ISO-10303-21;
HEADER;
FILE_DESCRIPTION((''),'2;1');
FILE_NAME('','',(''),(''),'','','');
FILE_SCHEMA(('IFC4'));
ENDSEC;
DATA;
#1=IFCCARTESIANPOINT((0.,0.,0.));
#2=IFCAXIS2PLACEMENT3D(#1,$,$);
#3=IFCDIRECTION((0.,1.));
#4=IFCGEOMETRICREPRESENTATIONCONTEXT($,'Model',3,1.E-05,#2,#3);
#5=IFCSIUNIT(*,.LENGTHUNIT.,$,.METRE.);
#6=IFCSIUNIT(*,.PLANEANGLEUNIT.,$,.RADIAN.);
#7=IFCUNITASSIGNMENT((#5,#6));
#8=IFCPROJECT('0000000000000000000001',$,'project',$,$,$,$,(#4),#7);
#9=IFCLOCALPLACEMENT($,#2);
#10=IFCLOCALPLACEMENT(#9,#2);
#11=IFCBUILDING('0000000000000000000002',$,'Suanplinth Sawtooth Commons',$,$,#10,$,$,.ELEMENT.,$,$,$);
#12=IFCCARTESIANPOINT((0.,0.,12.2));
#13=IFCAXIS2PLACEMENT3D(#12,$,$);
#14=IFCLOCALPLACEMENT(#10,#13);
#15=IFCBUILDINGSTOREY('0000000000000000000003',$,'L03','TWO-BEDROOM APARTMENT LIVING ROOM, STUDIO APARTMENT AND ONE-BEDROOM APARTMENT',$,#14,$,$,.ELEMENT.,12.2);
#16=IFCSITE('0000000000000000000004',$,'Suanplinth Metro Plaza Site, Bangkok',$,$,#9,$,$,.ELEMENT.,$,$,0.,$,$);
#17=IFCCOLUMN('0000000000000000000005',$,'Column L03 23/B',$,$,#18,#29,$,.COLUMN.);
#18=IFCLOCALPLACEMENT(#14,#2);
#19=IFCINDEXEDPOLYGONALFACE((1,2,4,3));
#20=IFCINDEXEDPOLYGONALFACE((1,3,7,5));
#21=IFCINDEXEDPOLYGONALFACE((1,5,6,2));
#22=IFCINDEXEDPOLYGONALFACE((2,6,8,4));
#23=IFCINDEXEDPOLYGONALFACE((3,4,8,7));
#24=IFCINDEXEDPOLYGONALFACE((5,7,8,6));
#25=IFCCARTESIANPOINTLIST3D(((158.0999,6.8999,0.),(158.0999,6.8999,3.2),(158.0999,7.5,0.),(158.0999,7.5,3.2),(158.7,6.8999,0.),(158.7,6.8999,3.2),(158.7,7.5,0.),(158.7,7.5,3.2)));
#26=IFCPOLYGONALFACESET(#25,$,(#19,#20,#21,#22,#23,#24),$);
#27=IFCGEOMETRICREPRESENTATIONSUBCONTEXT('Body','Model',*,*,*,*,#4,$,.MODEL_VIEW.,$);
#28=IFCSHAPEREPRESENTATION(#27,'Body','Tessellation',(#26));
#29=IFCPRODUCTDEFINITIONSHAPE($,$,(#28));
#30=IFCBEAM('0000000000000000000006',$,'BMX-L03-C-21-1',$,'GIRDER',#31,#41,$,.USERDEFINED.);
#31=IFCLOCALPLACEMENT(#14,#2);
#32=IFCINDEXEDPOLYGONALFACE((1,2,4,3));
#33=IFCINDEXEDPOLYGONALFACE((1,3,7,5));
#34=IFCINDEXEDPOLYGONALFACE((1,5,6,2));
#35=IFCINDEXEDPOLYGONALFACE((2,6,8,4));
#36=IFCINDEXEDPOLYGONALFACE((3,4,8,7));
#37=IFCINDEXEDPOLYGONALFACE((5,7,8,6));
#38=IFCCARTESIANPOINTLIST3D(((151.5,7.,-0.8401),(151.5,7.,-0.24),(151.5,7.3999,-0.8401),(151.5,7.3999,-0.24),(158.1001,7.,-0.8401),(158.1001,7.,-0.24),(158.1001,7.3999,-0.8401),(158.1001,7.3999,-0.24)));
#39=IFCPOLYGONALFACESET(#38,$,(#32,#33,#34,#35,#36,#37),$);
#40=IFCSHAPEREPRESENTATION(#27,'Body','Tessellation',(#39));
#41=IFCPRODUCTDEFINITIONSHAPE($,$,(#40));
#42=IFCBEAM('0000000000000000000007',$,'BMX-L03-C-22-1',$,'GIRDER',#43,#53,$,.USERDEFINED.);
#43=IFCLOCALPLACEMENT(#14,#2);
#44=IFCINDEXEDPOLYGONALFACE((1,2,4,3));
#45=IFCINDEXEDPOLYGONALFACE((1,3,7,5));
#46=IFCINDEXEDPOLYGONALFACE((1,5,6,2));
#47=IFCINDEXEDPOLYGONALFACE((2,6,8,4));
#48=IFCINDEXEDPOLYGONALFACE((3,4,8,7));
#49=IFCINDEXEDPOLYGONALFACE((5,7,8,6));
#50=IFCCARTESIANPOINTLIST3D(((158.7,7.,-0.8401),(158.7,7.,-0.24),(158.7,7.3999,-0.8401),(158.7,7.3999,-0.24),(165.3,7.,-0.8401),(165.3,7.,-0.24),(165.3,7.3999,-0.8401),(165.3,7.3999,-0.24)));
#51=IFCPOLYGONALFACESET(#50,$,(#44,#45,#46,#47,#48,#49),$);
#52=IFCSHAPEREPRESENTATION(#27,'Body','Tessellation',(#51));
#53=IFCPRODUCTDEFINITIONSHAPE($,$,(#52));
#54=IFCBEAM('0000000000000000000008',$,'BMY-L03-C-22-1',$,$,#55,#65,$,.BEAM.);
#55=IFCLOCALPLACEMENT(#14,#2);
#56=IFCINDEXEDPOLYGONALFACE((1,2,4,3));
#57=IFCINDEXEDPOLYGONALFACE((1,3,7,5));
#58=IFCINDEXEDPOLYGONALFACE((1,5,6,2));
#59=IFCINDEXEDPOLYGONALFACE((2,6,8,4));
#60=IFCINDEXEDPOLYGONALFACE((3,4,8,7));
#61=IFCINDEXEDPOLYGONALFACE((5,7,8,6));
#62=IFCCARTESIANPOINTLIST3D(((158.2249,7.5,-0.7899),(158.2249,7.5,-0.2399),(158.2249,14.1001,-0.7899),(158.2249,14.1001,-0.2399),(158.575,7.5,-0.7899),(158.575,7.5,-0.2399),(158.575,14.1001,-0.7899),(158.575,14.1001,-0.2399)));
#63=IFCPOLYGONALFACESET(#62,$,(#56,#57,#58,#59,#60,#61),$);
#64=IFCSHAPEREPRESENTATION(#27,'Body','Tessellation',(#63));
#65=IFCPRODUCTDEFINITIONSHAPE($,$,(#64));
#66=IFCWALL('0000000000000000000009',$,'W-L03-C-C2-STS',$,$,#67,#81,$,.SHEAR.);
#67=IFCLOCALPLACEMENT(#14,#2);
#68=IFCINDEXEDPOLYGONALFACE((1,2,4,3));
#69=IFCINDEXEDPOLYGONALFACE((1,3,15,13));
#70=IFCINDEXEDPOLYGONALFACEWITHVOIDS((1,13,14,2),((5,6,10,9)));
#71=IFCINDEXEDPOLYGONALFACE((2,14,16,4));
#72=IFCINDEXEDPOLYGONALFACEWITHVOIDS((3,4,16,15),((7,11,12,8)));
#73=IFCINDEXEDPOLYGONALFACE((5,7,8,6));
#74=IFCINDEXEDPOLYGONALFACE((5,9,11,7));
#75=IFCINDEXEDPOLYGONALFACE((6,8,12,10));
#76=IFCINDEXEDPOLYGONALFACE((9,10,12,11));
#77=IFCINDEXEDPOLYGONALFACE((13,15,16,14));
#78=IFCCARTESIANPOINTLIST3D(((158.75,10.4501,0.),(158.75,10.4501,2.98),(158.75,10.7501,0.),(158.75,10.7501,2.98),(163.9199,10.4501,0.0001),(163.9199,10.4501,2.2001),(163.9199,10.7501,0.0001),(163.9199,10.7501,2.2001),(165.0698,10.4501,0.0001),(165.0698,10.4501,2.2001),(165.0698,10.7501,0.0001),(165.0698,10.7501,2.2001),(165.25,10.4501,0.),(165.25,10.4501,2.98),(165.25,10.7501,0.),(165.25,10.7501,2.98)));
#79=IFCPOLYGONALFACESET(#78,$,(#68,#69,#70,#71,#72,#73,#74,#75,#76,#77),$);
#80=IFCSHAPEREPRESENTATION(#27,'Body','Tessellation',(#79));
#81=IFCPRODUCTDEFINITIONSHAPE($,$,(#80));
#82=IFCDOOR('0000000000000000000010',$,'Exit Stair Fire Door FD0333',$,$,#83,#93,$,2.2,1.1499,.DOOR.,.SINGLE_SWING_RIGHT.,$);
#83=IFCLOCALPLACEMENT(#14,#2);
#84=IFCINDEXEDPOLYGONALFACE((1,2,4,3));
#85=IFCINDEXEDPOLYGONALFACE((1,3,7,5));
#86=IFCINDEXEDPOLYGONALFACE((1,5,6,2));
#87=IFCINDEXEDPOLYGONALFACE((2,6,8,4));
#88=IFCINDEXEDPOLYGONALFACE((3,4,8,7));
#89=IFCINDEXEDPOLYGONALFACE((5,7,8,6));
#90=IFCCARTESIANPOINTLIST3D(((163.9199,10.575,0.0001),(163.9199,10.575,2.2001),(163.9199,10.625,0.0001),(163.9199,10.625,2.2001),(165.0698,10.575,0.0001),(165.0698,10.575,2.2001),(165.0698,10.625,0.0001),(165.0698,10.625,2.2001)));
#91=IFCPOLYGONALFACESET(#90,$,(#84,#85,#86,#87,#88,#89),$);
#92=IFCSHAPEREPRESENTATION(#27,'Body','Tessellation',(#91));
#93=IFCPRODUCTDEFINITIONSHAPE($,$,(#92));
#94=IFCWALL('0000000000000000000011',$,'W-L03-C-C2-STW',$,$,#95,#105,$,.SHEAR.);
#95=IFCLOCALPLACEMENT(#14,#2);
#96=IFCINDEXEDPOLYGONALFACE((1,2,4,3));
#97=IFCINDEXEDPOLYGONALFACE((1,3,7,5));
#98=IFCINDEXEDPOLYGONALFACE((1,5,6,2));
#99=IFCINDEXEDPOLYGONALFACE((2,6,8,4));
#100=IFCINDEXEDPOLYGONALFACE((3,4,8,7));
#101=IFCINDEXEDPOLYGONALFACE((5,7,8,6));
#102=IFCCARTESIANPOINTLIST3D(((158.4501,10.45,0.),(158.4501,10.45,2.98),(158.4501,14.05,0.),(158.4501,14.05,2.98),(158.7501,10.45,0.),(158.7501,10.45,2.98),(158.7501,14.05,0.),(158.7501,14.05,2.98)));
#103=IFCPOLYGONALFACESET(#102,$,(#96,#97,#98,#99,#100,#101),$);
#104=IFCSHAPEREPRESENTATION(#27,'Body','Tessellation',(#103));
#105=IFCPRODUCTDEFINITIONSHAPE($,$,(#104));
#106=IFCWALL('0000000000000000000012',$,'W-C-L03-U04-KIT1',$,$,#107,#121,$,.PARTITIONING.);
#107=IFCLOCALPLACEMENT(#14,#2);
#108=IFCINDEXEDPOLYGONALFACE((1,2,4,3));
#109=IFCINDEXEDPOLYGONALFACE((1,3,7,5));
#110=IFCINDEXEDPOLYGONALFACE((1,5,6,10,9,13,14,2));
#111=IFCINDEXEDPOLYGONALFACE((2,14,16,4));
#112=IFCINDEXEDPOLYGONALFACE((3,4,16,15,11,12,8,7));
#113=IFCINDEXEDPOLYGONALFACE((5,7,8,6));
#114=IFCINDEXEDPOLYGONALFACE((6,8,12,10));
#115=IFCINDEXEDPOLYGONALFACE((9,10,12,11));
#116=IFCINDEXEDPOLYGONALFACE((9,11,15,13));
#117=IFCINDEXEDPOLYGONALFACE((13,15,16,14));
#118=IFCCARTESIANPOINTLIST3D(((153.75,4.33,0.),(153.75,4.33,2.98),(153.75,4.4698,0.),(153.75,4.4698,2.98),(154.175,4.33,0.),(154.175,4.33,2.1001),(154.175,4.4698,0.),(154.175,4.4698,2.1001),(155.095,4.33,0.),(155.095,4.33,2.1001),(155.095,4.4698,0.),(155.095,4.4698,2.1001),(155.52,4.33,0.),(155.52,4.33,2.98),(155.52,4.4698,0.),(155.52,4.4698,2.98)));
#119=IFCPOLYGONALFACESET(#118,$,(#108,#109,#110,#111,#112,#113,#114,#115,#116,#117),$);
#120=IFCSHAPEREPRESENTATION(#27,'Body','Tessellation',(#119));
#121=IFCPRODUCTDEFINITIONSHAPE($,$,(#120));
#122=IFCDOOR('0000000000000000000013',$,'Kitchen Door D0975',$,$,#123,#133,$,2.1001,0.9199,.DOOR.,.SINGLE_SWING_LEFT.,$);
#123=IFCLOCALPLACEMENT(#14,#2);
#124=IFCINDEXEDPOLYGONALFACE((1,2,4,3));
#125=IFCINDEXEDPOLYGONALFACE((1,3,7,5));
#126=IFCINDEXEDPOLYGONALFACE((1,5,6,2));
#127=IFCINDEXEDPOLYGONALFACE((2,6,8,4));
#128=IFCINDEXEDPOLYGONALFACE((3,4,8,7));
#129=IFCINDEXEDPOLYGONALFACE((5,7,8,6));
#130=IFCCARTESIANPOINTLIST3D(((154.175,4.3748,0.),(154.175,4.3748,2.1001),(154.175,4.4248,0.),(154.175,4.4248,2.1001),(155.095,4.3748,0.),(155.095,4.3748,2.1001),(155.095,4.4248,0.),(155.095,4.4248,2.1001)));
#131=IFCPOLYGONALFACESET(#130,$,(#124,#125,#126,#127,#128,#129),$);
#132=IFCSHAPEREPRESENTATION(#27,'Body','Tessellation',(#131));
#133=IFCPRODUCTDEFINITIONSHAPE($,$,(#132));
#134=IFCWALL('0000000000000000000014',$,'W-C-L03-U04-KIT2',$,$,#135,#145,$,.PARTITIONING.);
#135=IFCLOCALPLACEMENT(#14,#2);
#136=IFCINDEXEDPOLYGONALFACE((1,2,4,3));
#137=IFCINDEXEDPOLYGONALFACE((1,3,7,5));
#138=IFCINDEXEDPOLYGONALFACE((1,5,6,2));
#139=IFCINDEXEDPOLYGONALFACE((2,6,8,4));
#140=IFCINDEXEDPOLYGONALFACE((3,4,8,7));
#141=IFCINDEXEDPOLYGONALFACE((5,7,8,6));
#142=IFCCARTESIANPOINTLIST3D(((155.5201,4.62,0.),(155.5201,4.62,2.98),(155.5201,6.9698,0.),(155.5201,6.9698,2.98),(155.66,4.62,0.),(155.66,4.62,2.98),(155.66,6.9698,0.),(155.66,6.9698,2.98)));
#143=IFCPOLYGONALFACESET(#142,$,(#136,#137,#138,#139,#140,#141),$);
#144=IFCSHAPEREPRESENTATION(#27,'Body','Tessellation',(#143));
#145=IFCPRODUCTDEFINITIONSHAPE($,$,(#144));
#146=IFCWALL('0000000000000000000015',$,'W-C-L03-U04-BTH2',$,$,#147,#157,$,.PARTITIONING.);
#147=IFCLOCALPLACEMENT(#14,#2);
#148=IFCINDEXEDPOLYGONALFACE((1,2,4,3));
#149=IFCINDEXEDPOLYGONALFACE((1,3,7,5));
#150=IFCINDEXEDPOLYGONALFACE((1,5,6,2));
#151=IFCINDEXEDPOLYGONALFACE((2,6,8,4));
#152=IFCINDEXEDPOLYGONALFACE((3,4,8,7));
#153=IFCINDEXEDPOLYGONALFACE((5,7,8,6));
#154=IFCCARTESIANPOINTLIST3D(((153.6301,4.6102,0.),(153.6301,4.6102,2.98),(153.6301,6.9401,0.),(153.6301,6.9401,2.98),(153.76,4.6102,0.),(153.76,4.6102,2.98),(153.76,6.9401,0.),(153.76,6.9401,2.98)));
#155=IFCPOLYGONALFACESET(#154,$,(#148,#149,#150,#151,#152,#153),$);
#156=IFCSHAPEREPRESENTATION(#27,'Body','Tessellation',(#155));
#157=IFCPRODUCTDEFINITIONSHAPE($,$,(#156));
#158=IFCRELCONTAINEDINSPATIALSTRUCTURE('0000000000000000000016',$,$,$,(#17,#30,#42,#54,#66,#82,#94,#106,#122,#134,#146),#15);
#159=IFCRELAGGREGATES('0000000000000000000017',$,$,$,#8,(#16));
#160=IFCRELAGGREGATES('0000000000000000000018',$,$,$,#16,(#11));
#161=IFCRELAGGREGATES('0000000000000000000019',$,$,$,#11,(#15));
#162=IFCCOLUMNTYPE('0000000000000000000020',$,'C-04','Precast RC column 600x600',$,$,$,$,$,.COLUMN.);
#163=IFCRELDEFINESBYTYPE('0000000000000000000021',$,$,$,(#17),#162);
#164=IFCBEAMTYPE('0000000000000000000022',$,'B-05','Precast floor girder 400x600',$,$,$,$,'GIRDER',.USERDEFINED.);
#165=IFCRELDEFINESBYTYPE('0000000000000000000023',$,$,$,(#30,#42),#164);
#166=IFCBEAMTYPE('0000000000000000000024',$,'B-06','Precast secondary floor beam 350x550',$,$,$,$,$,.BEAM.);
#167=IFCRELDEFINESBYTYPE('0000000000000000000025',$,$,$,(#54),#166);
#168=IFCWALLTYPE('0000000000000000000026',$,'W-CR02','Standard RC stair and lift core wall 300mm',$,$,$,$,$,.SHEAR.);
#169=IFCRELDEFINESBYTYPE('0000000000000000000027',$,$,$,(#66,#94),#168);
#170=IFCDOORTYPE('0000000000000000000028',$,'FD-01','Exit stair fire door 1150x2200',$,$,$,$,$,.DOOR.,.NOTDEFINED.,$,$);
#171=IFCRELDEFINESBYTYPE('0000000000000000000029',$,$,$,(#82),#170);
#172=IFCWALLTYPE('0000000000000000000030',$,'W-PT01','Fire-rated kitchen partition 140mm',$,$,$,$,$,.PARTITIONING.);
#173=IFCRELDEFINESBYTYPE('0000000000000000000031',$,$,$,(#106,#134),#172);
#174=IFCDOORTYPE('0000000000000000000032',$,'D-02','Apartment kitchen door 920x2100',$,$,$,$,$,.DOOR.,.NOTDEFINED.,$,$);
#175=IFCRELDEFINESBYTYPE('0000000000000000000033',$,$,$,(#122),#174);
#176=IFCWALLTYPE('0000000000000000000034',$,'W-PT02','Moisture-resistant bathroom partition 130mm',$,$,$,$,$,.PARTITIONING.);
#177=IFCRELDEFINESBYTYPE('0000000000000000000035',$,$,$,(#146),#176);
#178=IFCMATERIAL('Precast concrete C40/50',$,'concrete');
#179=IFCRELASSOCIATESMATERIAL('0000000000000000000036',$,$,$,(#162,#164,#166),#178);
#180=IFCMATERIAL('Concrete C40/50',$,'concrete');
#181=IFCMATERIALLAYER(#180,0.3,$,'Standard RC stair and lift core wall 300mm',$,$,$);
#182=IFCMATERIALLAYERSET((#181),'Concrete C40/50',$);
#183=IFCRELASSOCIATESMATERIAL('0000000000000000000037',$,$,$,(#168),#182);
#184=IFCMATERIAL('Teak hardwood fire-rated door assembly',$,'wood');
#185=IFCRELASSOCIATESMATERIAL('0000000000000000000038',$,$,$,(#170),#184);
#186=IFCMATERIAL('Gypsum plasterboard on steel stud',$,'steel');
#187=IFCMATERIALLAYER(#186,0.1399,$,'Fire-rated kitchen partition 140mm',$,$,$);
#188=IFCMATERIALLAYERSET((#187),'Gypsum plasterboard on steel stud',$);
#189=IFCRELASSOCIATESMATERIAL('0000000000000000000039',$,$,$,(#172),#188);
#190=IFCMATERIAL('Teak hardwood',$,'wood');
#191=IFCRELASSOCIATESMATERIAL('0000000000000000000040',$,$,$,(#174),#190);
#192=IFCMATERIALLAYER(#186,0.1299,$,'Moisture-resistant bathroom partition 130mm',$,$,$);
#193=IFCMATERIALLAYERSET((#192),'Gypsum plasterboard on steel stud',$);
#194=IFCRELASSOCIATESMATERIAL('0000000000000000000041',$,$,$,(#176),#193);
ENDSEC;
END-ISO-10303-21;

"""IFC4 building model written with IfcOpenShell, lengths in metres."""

from ifc_helpers import new_model, si_unit, direction, frame, frame_2d, origin, origin_2d, place, context, subcontext, project, spatial, rectangle, extrude, material, layer, layer_set, material_profile, profile_set, type_object, element, fill, save


model = new_model("IFC4")

# Units and contexts
model_context = context("Model", 3, precision=1e-05, world=origin(), true_north=direction((0.0, 1.0)))
body_context = subcontext(model_context, "Body", "Model", "MODEL_VIEW")
ifc_project = project(units=[si_unit("LENGTHUNIT", "METRE"), si_unit("PLANEANGLEUNIT", "RADIAN")], contexts=[model_context])

# Site, building, storey
site_placement = place(None, origin())
site = spatial("IfcSite", under=ifc_project, at=site_placement, Name="Suanplinth Metro Plaza Site, Bangkok", CompositionType="ELEMENT", RefElevation=0.0)
building_placement = place(site_placement, origin())
building = spatial("IfcBuilding", under=site, at=building_placement, Name="Suanplinth Sawtooth Commons", CompositionType="ELEMENT")
storey_placement = place(building_placement, frame((0.0, 0.0, 12.2)))
storey = spatial("IfcBuildingStorey", under=building, at=storey_placement, Name="L03", Description="TWO-BEDROOM APARTMENT LIVING ROOM, STUDIO APARTMENT AND ONE-BEDROOM APARTMENT", CompositionType="ELEMENT", Elevation=12.2)

# Column
ifc_material_1 = material(Name="Precast concrete C40/50", Category="concrete")
ifc_material_profile_1 = material_profile(ifc_material_1, rectangle(XDim=0.6001, YDim=0.6001, at=origin_2d()), Name="PC-COL 600x600")
ifc_profile_set_1 = profile_set([ifc_material_profile_1], Name="Precast concrete C40/50")
column_type = type_object("IfcColumnType", Name="C-04", Description="Precast RC column 600x600", PredefinedType="COLUMN", material=ifc_profile_set_1)
column_placement = place(storey_placement, frame((158.3999, 7.2, 0.0), z_axis=(0.0, 0.0, 1.0), x_axis=(1.0, 0.0, 0.0)))
element("IfcColumn", 1, at=column_placement, inside=storey, type_object=column_type, Name="Column L03 23/B", PredefinedType="COLUMN", context=body_context, shape_type="SweptSolid", body=[
    extrude(rectangle(XDim=0.6001, YDim=0.6001, at=origin_2d()), origin(), (0.0, 0.0, 1.0), 3.2),
])

# Beams
ifc_material_profile_2 = material_profile(ifc_material_1, rectangle(XDim=0.3999, YDim=0.6001, at=origin_2d()), Name="PC-GDR 400x600")
ifc_profile_set_2 = profile_set([ifc_material_profile_2], Name="Precast concrete C40/50")
beam_type_1 = type_object("IfcBeamType", Name="B-05", Description="Precast floor girder 400x600", ElementType="GIRDER", PredefinedType="USERDEFINED", material=ifc_profile_set_2)
for number, where, z_axis, x_axis, name in (
    (2, (151.5, 7.2, -0.54), (1.0, 0.0, 0.0), (0.0, 1.0, 0.0), "BMX-L03-C-21-1"),
    (3, (158.7, 7.2, -0.54), (1.0, 0.0, 0.0), (0.0, 1.0, 0.0), "BMX-L03-C-22-1"),
):
    element("IfcBeam", number, at=place(storey_placement, frame(where, z_axis=z_axis, x_axis=x_axis)), inside=storey, type_object=beam_type_1, Name=name, ObjectType="GIRDER", PredefinedType="USERDEFINED", context=body_context, shape_type="SweptSolid", body=[
        extrude(rectangle(XDim=0.3999, YDim=0.6001, at=origin_2d()), origin(), (0.0, 0.0, 1.0), 6.6001),
    ])
ifc_material_profile_3 = material_profile(ifc_material_1, rectangle(XDim=0.3501, YDim=0.55, at=origin_2d()), Name="PC-BM 350x550")
ifc_profile_set_3 = profile_set([ifc_material_profile_3], Name="Precast concrete C40/50")
beam_type_2 = type_object("IfcBeamType", Name="B-06", Description="Precast secondary floor beam 350x550", PredefinedType="BEAM", material=ifc_profile_set_3)
beam_placement = place(storey_placement, frame((158.3999, 7.5, -0.5149), z_axis=(0.0, 1.0, 0.0), x_axis=(-1.0, 0.0, 0.0)))
element("IfcBeam", 4, at=beam_placement, inside=storey, type_object=beam_type_2, Name="BMY-L03-C-22-1", PredefinedType="BEAM", context=body_context, shape_type="SweptSolid", body=[
    extrude(rectangle(XDim=0.3501, YDim=0.55, at=origin_2d()), origin(), (0.0, 0.0, 1.0), 6.6001),
])

# Wall, opening, door
ifc_material_2 = material(Name="Concrete C40/50", Category="concrete")
ifc_layer_1 = layer(ifc_material_2, 0.3, Name="Standard RC stair and lift core wall 300mm")
ifc_layer_set_1 = layer_set([ifc_layer_1], Name="Concrete C40/50")
wall_type_1 = type_object("IfcWallType", Name="W-CR02", Description="Standard RC stair and lift core wall 300mm", PredefinedType="SHEAR", material=ifc_layer_set_1)
wall_1_placement = place(storey_placement, frame((158.75, 10.6001, 0.0), z_axis=(0.0, 0.0, 1.0), x_axis=(1.0, 0.0, 0.0)))
wall_1 = element("IfcWall", 5, at=wall_1_placement, inside=storey, type_object=wall_type_1, Name="W-L03-C-C2-STS", PredefinedType="SHEAR", context=body_context, shape_type="SweptSolid", body=[
    extrude(rectangle(XDim=6.5, YDim=0.3, at=frame_2d((3.25, 0.0))), origin(), (0.0, 0.0, 1.0), 2.98),
])
opening_1_placement = place(wall_1_placement, frame((5.1699, 0.0, 0.0)))
opening_1 = element("IfcOpeningElement", 6, at=opening_1_placement, cuts=wall_1, PredefinedType="OPENING", context=body_context, shape_type="SweptSolid", body=[
    extrude(rectangle(XDim=1.1499, YDim=2.2, at=frame_2d((0.575, 1.1001))), frame((0.0, 0.165, 0.0), z_axis=(0.0, -1.0, 0.0), x_axis=(1.0, 0.0, 0.0)), (0.0, 0.0, 1.0), 0.3298),
])
ifc_material_3 = material(Name="Teak hardwood fire-rated door assembly", Category="wood")
door_type_1 = type_object("IfcDoorType", Name="FD-01", Description="Exit stair fire door 1150x2200", OperationType="NOTDEFINED", PredefinedType="DOOR", material=ifc_material_3)
door_1_placement = place(opening_1_placement, origin())
door_1 = element("IfcDoor", 7, at=door_1_placement, inside=storey, type_object=door_type_1, Name="Exit Stair Fire Door FD0333", OperationType="SINGLE_SWING_RIGHT", OverallHeight=2.2, OverallWidth=1.1499, PredefinedType="DOOR", context=body_context, shape_type="SweptSolid", body=[
    extrude(rectangle(XDim=1.1499, YDim=2.2, at=frame_2d((0.575, 1.1001))), frame((0.0, 0.0249, 0.0), z_axis=(0.0, -1.0, 0.0), x_axis=(1.0, 0.0, 0.0)), (0.0, 0.0, 1.0), 0.05),
])
fill(opening_1, door_1)

# Wall
wall_2_placement = place(storey_placement, frame((158.6001, 10.45, 0.0), z_axis=(0.0, 0.0, 1.0), x_axis=(0.0, 1.0, 0.0)))
element("IfcWall", 8, at=wall_2_placement, inside=storey, type_object=wall_type_1, Name="W-L03-C-C2-STW", PredefinedType="SHEAR", context=body_context, shape_type="SweptSolid", body=[
    extrude(rectangle(XDim=3.6001, YDim=0.3, at=frame_2d((1.8, 0.0))), origin(), (0.0, 0.0, 1.0), 2.98),
])

# Wall, opening, door
ifc_material_4 = material(Name="Gypsum plasterboard on steel stud", Category="steel")
ifc_layer_2 = layer(ifc_material_4, 0.1399, Name="Fire-rated kitchen partition 140mm")
ifc_layer_set_2 = layer_set([ifc_layer_2], Name="Gypsum plasterboard on steel stud")
wall_type_2 = type_object("IfcWallType", Name="W-PT01", Description="Fire-rated kitchen partition 140mm", PredefinedType="PARTITIONING", material=ifc_layer_set_2)
wall_3_placement = place(storey_placement, frame((153.75, 4.3999, 0.0), z_axis=(0.0, 0.0, 1.0), x_axis=(1.0, 0.0, 0.0)))
wall_3 = element("IfcWall", 9, at=wall_3_placement, inside=storey, type_object=wall_type_2, Name="W-C-L03-U04-KIT1", PredefinedType="PARTITIONING", context=body_context, shape_type="SweptSolid", body=[
    extrude(rectangle(XDim=1.77, YDim=0.1399, at=frame_2d((0.885, 0.0))), origin(), (0.0, 0.0, 1.0), 2.98),
])
opening_2_placement = place(wall_3_placement, frame((0.425, 0.0, 0.0)))
opening_2 = element("IfcOpeningElement", 10, at=opening_2_placement, cuts=wall_3, PredefinedType="OPENING", context=body_context, shape_type="SweptSolid", body=[
    extrude(rectangle(XDim=0.9199, YDim=2.1001, at=frame_2d((0.46, 1.05))), frame((0.0, 0.085, 0.0), z_axis=(0.0, -1.0, 0.0), x_axis=(1.0, 0.0, 0.0)), (0.0, 0.0, 1.0), 0.1697),
])
ifc_material_5 = material(Name="Teak hardwood", Category="wood")
door_type_2 = type_object("IfcDoorType", Name="D-02", Description="Apartment kitchen door 920x2100", OperationType="NOTDEFINED", PredefinedType="DOOR", material=ifc_material_5)
door_2_placement = place(opening_2_placement, origin())
door_2 = element("IfcDoor", 11, at=door_2_placement, inside=storey, type_object=door_type_2, Name="Kitchen Door D0975", OperationType="SINGLE_SWING_LEFT", OverallHeight=2.1001, OverallWidth=0.9199, PredefinedType="DOOR", context=body_context, shape_type="SweptSolid", body=[
    extrude(rectangle(XDim=0.9199, YDim=2.1001, at=frame_2d((0.46, 1.05))), frame((0.0, 0.0249, 0.0), z_axis=(0.0, -1.0, 0.0), x_axis=(1.0, 0.0, 0.0)), (0.0, 0.0, 1.0), 0.05),
])
fill(opening_2, door_2)

# Walls
wall_4_placement = place(storey_placement, frame((155.5901, 4.6201, 0.0), z_axis=(0.0, 0.0, 1.0), x_axis=(0.0, 1.0, 0.0)))
element("IfcWall", 12, at=wall_4_placement, inside=storey, type_object=wall_type_2, Name="W-C-L03-U04-KIT2", PredefinedType="PARTITIONING", context=body_context, shape_type="SweptSolid", body=[
    extrude(rectangle(XDim=2.3499, YDim=0.1399, at=frame_2d((1.1748, 0.0))), origin(), (0.0, 0.0, 1.0), 2.98),
])
ifc_layer_3 = layer(ifc_material_4, 0.1299, Name="Moisture-resistant bathroom partition 130mm")
ifc_layer_set_3 = layer_set([ifc_layer_3], Name="Gypsum plasterboard on steel stud")
wall_type_3 = type_object("IfcWallType", Name="W-PT02", Description="Moisture-resistant bathroom partition 130mm", PredefinedType="PARTITIONING", material=ifc_layer_set_3)
wall_5_placement = place(storey_placement, frame((153.6951, 4.6101, 0.0), z_axis=(0.0, 0.0, 1.0), x_axis=(0.0, 1.0, 0.0)))
element("IfcWall", 13, at=wall_5_placement, inside=storey, type_object=wall_type_3, Name="W-C-L03-U04-BTH2", PredefinedType="PARTITIONING", context=body_context, shape_type="SweptSolid", body=[
    extrude(rectangle(XDim=2.3298, YDim=0.1299, at=frame_2d((1.165, 0.0))), origin(), (0.0, 0.0, 1.0), 2.98),
])

save(model, "model.ifc")
